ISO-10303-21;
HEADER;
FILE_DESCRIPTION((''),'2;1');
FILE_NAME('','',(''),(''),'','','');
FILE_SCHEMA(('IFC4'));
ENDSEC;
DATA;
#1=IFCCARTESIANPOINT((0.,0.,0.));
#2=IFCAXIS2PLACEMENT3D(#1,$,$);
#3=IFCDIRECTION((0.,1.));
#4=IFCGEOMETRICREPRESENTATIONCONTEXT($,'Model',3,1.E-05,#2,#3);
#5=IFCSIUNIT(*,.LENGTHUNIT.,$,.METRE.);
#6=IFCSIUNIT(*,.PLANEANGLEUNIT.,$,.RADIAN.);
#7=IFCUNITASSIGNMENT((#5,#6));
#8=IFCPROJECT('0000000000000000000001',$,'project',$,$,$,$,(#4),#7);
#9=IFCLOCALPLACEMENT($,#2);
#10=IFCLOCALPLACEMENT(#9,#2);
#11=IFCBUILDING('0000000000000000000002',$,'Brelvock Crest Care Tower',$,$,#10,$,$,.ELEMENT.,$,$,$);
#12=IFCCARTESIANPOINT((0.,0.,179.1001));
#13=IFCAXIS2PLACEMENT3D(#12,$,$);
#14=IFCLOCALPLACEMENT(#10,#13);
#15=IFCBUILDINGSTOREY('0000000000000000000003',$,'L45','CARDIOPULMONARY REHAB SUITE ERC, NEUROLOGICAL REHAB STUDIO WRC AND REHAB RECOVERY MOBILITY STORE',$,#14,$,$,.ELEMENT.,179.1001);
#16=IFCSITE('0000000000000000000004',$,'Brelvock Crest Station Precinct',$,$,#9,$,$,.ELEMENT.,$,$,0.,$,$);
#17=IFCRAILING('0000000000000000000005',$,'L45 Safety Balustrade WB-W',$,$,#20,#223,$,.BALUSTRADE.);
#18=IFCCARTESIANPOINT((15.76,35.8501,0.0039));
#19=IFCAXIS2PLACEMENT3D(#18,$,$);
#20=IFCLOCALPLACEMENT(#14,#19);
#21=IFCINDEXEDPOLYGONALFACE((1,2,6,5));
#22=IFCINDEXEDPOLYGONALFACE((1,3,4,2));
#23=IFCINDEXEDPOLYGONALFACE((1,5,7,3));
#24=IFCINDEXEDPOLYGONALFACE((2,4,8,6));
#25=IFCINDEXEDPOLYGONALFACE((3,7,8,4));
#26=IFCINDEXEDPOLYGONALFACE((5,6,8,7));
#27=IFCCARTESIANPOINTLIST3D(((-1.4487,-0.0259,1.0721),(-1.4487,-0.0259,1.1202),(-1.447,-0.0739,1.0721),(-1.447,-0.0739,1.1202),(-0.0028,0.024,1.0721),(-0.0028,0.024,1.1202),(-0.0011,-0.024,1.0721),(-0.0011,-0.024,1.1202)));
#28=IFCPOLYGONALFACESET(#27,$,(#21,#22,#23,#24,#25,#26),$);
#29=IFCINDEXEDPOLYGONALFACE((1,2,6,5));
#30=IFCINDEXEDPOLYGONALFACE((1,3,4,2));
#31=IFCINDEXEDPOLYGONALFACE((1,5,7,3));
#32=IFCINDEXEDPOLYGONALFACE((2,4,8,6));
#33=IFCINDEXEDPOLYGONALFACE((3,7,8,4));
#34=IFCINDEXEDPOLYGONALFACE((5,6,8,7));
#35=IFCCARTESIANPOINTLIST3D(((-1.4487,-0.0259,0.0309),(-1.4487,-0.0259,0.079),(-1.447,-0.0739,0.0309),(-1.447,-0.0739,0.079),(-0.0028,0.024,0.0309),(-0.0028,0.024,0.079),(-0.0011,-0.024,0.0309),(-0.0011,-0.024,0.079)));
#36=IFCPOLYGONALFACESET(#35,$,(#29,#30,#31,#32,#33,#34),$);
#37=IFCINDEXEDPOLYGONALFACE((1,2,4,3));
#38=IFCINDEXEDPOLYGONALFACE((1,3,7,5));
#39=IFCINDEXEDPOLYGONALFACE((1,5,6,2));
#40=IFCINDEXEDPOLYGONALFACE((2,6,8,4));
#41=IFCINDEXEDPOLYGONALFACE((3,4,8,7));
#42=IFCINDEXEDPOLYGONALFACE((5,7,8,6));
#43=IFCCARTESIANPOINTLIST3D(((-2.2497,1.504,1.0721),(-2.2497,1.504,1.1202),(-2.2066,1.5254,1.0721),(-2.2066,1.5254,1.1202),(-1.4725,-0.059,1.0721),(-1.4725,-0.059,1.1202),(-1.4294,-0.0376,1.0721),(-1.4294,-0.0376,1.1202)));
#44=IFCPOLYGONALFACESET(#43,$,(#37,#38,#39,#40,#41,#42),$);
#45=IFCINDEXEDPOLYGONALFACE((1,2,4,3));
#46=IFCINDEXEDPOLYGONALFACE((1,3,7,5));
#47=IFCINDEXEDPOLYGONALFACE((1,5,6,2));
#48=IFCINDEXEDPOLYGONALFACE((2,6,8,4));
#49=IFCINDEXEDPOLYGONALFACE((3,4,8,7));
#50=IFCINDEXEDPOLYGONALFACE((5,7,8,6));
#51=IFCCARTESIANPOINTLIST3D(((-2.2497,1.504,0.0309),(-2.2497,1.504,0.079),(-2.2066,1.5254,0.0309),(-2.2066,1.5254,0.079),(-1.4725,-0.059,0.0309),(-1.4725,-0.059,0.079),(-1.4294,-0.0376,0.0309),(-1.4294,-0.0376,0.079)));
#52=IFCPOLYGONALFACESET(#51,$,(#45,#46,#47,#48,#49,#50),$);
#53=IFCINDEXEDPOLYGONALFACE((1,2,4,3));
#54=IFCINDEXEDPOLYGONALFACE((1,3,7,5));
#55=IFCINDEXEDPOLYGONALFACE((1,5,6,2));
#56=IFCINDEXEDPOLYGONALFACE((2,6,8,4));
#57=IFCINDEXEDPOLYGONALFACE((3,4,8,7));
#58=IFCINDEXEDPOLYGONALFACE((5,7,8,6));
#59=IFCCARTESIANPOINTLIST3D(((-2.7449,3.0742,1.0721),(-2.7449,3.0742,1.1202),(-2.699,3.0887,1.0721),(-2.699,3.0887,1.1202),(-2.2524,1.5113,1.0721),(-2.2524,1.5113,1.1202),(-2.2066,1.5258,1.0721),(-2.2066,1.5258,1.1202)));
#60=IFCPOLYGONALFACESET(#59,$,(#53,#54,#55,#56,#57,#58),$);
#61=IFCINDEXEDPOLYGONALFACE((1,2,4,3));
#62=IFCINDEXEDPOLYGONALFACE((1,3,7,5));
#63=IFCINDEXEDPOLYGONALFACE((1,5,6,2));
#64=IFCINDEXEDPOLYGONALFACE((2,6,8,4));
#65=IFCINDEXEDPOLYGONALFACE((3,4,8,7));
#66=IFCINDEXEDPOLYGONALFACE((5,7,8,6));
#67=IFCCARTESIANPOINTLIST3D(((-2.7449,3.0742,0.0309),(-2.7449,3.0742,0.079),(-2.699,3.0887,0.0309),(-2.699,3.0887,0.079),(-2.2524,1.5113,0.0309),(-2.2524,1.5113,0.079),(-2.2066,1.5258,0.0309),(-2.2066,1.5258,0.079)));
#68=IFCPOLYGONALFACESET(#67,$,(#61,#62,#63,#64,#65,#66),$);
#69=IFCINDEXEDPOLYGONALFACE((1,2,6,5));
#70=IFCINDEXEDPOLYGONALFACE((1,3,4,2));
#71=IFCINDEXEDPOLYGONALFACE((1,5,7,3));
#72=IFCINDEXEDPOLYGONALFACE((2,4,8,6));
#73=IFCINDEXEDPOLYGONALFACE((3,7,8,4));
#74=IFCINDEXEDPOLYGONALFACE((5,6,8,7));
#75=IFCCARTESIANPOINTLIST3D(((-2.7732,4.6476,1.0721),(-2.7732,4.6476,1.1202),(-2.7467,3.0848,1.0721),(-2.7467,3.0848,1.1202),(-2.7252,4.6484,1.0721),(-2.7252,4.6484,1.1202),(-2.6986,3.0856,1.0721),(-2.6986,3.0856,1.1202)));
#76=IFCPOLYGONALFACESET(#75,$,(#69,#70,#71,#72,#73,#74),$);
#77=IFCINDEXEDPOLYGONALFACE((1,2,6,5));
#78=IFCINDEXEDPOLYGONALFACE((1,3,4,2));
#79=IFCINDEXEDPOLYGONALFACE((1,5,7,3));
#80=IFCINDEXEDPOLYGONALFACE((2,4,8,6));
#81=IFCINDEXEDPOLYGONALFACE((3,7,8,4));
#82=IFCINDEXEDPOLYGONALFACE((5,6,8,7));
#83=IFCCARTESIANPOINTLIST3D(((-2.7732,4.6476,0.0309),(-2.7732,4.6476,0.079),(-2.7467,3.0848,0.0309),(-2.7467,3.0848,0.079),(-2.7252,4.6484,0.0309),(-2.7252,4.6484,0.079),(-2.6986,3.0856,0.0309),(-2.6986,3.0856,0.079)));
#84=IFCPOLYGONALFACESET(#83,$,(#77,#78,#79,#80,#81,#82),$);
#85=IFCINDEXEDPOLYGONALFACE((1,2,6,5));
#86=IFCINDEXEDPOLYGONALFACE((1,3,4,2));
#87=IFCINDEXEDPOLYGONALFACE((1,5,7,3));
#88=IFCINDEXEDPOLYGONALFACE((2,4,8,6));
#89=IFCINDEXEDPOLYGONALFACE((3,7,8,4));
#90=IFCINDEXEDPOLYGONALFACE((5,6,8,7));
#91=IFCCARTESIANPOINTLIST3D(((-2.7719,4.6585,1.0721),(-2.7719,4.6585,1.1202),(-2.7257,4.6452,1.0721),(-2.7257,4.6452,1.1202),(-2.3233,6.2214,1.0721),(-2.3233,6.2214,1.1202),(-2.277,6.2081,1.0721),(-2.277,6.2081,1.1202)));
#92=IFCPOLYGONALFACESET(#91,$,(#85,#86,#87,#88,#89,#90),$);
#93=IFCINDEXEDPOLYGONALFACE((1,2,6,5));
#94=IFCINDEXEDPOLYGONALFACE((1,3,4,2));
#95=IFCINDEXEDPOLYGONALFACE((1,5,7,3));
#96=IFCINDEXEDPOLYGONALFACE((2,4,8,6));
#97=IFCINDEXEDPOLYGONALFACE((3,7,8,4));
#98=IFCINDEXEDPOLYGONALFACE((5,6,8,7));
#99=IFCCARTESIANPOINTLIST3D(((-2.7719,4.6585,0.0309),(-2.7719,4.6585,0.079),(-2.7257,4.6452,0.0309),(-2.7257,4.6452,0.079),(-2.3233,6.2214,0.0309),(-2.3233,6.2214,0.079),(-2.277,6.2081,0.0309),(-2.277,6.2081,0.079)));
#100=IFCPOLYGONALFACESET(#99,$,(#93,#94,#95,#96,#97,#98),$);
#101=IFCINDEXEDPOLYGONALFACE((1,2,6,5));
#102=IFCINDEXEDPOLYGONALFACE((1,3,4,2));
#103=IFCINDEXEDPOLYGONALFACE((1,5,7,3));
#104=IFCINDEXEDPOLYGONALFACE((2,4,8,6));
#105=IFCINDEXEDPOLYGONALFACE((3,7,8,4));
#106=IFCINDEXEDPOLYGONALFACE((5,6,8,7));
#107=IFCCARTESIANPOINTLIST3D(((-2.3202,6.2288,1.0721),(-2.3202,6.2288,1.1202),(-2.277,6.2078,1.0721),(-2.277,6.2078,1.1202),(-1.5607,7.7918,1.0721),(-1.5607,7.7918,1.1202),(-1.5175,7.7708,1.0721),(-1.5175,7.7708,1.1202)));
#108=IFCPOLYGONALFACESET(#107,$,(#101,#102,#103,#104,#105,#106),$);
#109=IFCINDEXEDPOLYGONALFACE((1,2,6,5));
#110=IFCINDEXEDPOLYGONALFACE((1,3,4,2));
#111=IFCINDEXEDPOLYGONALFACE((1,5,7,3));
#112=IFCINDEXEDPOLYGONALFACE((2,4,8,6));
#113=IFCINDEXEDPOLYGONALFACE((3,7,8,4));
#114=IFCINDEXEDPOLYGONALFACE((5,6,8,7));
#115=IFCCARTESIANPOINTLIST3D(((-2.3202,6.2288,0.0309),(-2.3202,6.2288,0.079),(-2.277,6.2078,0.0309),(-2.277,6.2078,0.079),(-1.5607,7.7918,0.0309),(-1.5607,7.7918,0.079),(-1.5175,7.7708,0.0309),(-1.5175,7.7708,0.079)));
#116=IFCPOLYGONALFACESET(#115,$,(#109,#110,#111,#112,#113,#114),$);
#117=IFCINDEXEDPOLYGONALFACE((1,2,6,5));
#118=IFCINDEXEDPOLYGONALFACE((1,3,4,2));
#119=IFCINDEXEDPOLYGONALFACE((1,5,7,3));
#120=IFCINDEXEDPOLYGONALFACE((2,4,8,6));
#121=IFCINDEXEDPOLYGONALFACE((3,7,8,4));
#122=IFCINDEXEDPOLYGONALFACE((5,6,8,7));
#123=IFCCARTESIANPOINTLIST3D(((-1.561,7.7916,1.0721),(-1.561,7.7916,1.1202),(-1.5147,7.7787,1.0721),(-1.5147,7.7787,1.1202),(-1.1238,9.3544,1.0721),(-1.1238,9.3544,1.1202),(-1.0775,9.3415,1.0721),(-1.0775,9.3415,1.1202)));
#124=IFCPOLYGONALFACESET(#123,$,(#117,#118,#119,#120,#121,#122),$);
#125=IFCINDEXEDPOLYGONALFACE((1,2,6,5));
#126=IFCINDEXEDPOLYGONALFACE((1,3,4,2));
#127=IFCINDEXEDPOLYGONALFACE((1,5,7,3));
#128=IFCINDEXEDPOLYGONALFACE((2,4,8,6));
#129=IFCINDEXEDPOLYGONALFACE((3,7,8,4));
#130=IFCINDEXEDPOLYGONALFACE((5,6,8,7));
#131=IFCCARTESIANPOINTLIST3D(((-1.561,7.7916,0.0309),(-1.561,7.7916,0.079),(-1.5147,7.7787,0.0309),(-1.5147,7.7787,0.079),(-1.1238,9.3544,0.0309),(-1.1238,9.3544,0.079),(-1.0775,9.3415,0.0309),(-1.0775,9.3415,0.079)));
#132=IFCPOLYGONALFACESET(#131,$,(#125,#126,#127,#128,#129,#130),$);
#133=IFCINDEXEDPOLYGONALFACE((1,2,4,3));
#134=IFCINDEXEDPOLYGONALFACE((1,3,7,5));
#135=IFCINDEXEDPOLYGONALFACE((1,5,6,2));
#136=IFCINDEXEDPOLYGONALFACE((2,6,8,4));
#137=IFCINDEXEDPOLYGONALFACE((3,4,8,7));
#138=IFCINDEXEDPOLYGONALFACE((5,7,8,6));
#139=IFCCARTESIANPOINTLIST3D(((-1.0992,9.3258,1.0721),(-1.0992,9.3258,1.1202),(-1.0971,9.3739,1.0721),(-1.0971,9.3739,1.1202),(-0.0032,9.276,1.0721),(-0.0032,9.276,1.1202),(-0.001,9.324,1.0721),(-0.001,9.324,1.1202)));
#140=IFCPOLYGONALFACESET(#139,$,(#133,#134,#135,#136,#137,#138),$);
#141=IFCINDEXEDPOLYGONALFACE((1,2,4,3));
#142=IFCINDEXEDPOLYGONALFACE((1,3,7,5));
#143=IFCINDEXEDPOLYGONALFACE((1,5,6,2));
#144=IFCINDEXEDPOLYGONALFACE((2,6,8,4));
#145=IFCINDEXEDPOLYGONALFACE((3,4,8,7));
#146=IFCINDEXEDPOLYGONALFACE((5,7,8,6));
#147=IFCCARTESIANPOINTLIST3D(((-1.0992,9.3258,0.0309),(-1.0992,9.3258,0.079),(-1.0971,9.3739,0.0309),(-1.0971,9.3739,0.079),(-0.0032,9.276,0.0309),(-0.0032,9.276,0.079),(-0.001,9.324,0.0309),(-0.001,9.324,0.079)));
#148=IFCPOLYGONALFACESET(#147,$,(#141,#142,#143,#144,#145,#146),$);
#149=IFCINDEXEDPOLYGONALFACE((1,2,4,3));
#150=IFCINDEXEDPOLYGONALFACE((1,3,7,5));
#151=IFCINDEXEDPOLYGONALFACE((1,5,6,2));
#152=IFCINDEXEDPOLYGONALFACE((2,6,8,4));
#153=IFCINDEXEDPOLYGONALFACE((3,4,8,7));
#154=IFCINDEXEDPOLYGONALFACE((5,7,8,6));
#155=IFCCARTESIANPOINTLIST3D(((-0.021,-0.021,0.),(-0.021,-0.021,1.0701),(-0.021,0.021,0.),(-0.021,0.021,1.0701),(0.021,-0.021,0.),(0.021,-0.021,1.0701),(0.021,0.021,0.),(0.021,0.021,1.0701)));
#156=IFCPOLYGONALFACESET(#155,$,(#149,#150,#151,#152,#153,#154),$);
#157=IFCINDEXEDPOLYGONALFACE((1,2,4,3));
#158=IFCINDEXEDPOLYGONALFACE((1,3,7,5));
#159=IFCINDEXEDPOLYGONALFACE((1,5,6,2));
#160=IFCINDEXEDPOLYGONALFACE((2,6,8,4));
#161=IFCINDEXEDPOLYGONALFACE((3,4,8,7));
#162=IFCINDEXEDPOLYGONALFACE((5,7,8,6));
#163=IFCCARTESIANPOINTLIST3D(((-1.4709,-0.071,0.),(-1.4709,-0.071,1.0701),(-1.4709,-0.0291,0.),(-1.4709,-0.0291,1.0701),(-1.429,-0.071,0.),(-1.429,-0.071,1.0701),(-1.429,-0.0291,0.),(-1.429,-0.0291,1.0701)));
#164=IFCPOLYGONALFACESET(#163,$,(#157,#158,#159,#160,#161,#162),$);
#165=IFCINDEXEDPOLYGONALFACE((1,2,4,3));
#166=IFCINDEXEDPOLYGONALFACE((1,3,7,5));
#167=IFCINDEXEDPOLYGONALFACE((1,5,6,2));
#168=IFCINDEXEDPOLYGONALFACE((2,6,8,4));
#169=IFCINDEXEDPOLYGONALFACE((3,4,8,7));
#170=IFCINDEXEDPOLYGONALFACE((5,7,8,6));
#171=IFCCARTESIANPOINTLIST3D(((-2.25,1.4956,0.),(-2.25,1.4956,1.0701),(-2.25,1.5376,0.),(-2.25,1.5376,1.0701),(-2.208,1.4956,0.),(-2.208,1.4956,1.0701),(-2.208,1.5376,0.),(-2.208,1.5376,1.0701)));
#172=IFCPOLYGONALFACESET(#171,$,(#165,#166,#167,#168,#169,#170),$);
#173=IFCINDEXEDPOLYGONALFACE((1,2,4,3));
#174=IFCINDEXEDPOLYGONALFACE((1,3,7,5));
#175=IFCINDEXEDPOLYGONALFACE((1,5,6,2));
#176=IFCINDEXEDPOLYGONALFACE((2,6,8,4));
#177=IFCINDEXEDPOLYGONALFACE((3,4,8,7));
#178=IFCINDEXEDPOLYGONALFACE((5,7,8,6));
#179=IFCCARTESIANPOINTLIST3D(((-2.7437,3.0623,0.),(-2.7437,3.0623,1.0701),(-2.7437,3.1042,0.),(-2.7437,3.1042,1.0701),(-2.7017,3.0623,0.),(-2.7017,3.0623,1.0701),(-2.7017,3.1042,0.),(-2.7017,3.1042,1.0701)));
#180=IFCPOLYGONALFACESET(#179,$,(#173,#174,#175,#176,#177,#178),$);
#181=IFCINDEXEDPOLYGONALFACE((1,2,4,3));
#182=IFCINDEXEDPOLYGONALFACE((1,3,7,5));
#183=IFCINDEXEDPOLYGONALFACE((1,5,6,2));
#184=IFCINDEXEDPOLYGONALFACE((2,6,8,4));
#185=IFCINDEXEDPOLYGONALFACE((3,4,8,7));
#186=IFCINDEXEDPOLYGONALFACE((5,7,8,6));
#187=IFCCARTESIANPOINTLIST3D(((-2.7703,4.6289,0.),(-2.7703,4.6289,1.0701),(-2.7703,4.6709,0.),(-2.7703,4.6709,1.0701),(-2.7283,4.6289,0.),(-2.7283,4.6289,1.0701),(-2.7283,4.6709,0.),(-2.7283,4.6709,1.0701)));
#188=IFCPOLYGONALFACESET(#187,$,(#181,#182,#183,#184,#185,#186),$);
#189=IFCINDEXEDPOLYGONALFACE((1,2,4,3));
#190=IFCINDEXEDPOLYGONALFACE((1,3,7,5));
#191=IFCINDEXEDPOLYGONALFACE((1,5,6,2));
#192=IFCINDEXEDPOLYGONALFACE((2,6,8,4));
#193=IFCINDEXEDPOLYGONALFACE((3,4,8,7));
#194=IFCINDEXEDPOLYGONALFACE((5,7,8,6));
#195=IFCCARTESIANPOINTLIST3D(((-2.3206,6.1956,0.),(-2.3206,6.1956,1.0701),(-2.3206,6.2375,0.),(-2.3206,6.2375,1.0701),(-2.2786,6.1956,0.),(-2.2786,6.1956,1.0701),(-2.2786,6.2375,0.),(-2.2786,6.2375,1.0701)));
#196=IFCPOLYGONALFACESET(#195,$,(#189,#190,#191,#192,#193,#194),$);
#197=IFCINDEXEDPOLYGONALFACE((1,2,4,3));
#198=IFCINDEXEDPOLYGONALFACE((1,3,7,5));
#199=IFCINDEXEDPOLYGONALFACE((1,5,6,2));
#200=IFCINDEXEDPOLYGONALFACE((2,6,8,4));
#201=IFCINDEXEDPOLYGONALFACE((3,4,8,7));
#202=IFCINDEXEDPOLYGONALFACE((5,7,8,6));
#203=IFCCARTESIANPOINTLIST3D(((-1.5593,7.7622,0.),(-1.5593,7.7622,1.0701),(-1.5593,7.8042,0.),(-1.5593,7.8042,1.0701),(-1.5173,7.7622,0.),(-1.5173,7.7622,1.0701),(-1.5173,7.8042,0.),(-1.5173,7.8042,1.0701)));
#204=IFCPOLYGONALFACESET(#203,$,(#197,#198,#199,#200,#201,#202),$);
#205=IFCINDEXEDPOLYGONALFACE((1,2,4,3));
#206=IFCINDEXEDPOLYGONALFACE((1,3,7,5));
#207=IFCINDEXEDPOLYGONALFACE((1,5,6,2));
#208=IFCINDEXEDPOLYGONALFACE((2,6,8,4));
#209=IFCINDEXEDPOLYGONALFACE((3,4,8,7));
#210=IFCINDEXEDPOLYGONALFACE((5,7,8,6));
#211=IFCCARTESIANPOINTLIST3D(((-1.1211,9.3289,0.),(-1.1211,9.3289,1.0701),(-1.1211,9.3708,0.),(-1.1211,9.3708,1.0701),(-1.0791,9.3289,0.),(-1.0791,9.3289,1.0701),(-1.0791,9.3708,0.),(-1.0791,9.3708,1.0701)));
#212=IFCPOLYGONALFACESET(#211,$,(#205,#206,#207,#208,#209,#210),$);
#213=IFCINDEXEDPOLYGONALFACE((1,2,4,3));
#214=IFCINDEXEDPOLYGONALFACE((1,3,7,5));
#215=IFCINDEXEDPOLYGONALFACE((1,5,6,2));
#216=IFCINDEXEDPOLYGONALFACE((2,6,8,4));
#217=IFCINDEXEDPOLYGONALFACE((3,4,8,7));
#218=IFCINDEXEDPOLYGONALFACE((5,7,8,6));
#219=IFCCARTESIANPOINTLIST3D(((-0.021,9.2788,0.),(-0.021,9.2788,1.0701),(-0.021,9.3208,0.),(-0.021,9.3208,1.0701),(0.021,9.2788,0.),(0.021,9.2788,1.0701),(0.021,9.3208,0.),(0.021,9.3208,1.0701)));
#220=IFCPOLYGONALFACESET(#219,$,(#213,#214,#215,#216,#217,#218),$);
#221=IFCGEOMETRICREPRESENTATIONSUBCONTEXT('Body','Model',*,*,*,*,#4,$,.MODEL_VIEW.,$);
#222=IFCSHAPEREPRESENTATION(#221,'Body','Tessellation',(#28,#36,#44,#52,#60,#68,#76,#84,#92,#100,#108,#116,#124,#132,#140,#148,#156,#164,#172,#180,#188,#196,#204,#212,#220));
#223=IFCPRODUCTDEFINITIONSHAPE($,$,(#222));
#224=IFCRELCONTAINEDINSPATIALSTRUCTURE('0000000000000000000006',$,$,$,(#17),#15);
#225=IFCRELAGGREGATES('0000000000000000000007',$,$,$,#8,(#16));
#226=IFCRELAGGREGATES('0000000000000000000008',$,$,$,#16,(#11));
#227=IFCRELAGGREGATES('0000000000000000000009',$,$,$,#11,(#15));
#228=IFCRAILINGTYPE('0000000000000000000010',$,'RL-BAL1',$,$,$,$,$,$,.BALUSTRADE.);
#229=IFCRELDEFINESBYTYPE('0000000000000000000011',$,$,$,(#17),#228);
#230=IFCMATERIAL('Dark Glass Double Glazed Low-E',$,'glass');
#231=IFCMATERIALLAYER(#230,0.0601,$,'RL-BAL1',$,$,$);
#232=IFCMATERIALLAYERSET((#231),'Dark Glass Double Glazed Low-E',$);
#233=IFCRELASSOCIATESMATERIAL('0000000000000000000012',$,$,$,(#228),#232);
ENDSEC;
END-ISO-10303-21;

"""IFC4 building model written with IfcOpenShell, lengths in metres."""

from ifc_helpers import new_model, si_unit, direction, frame, origin, origin_2d, place, context, subcontext, project, spatial, rectangle, extrude, material, layer, layer_set, type_object, element, save


model = new_model("IFC4")

# Units and contexts
model_context = context("Model", 3, precision=1e-05, world=origin(), true_north=direction((0.0, 1.0)))
body_context = subcontext(model_context, "Body", "Model", "MODEL_VIEW")
ifc_project = project(units=[si_unit("LENGTHUNIT", "METRE"), si_unit("PLANEANGLEUNIT", "RADIAN")], contexts=[model_context])

# Site, building, storey
site_placement = place(None, origin())
site = spatial("IfcSite", under=ifc_project, at=site_placement, Name="Brelvock Crest Station Precinct", CompositionType="ELEMENT", RefElevation=0.0)
building_placement = place(site_placement, origin())
building = spatial("IfcBuilding", under=site, at=building_placement, Name="Brelvock Crest Care Tower", CompositionType="ELEMENT")
storey_placement = place(building_placement, frame((0.0, 0.0, 179.1001)))
storey = spatial("IfcBuildingStorey", under=building, at=storey_placement, Name="L45", Description="CARDIOPULMONARY REHAB SUITE ERC, NEUROLOGICAL REHAB STUDIO WRC AND REHAB RECOVERY MOBILITY STORE", CompositionType="ELEMENT", Elevation=179.1001)

# Shared definitions
ifc_material_1 = material(Name="Dark Glass Double Glazed Low-E", Category="glass")

# Railing
ifc_layer_1 = layer(ifc_material_1, 0.0601, Name="RL-BAL1")
ifc_layer_set_1 = layer_set([ifc_layer_1], Name="Dark Glass Double Glazed Low-E")
railing_type = type_object("IfcRailingType", Name="RL-BAL1", PredefinedType="BALUSTRADE", material=ifc_layer_set_1)
railing_placement = place(storey_placement, frame((15.76, 35.8501, 0.0039)))
element("IfcRailing", 1, at=railing_placement, inside=storey, type_object=railing_type, Name="L45 Safety Balustrade WB-W", PredefinedType="BALUSTRADE", context=body_context, shape_type="SweptSolid", body=[
    extrude(rectangle(XDim=0.0481, YDim=0.0481, at=origin_2d()), frame((-0.002, 0.0, 1.0962), z_axis=(-0.999405, -0.034497, 0.0), x_axis=(0.034497, -0.999405, 0.0)), (0.0, 0.0, 1.0), 1.4468),
    extrude(rectangle(XDim=0.0481, YDim=0.0481, at=origin_2d()), frame((-0.002, 0.0, 0.0549), z_axis=(-0.999405, -0.034497, 0.0), x_axis=(0.034497, -0.999405, 0.0)), (0.0, 0.0, 1.0), 1.4468),
    extrude(rectangle(XDim=0.0481, YDim=0.0481, at=origin_2d()), frame((-1.4509, -0.0483, 1.0962), z_axis=(-0.445259, 0.895402, 0.0), x_axis=(-0.895402, -0.445259, 0.0)), (0.0, 0.0, 1.0), 1.7456),
    extrude(rectangle(XDim=0.0481, YDim=0.0481, at=origin_2d()), frame((-1.4509, -0.0483, 0.0549), z_axis=(-0.445259, 0.895402, 0.0), x_axis=(-0.895402, -0.445259, 0.0)), (0.0, 0.0, 1.0), 1.7456),
    extrude(rectangle(XDim=0.0481, YDim=0.0481, at=origin_2d()), frame((-2.2295, 1.5186, 1.0962), z_axis=(-0.300534, 0.953771, 0.0), x_axis=(-0.953771, -0.300534, 0.0)), (0.0, 0.0, 1.0), 1.6387),
    extrude(rectangle(XDim=0.0481, YDim=0.0481, at=origin_2d()), frame((-2.2295, 1.5186, 0.0549), z_axis=(-0.300534, 0.953771, 0.0), x_axis=(-0.953771, -0.300534, 0.0)), (0.0, 0.0, 1.0), 1.6387),
    extrude(rectangle(XDim=0.0481, YDim=0.0481, at=origin_2d()), frame((-2.7227, 3.0852, 1.0962), z_axis=(-0.016984, 0.999856, 0.0), x_axis=(-0.999856, -0.016984, 0.0)), (0.0, 0.0, 1.0), 1.563),
    extrude(rectangle(XDim=0.0481, YDim=0.0481, at=origin_2d()), frame((-2.7227, 3.0852, 0.0549), z_axis=(-0.016984, 0.999856, 0.0), x_axis=(-0.999856, -0.016984, 0.0)), (0.0, 0.0, 1.0), 1.563),
    extrude(rectangle(XDim=0.0481, YDim=0.0481, at=origin_2d()), frame((-2.7488, 4.6519, 1.0962), z_axis=(0.275908, 0.961184, 0.0), x_axis=(-0.961184, 0.275908, 0.0)), (0.0, 0.0, 1.0), 1.626),
    extrude(rectangle(XDim=0.0481, YDim=0.0481, at=origin_2d()), frame((-2.7488, 4.6519, 0.0549), z_axis=(0.275908, 0.961184, 0.0), x_axis=(-0.961184, 0.275908, 0.0)), (0.0, 0.0, 1.0), 1.626),
    extrude(rectangle(XDim=0.0481, YDim=0.0481, at=origin_2d()), frame((-2.2986, 6.2183, 1.0962), z_axis=(0.437037, 0.899444, 0.0), x_axis=(-0.899444, 0.437037, 0.0)), (0.0, 0.0, 1.0), 1.7378),
    extrude(rectangle(XDim=0.0481, YDim=0.0481, at=origin_2d()), frame((-2.2986, 6.2183, 0.0549), z_axis=(0.437037, 0.899444, 0.0), x_axis=(-0.899444, 0.437037, 0.0)), (0.0, 0.0, 1.0), 1.7378),
    extrude(rectangle(XDim=0.0481, YDim=0.0481, at=origin_2d()), frame((-1.5378, 7.7852, 1.0962), z_axis=(0.269385, 0.963033, 0.0), x_axis=(-0.963033, 0.269385, 0.0)), (0.0, 0.0, 1.0), 1.6228),
    extrude(rectangle(XDim=0.0481, YDim=0.0481, at=origin_2d()), frame((-1.5378, 7.7852, 0.0549), z_axis=(0.269385, 0.963033, 0.0), x_axis=(-0.963033, 0.269385, 0.0)), (0.0, 0.0, 1.0), 1.6228),
    extrude(rectangle(XDim=0.0481, YDim=0.0481, at=origin_2d()), frame((-1.0981, 9.3499, 1.0962), z_axis=(0.998967, -0.045448, 0.0), x_axis=(0.045448, 0.998967, 0.0)), (0.0, 0.0, 1.0), 1.0972),
    extrude(rectangle(XDim=0.0481, YDim=0.0481, at=origin_2d()), frame((-1.0981, 9.3499, 0.0549), z_axis=(0.998967, -0.045448, 0.0), x_axis=(0.045448, 0.998967, 0.0)), (0.0, 0.0, 1.0), 1.0972),
    extrude(rectangle(XDim=0.042, YDim=0.042, at=origin_2d()), origin(), (0.0, 0.0, 1.0), 1.0701),
    extrude(rectangle(XDim=0.042, YDim=0.042, at=origin_2d()), frame((-1.45, -0.05, 0.0)), (0.0, 0.0, 1.0), 1.0701),
    extrude(rectangle(XDim=0.042, YDim=0.042, at=origin_2d()), frame((-2.229, 1.5166, 0.0)), (0.0, 0.0, 1.0), 1.0701),
    extrude(rectangle(XDim=0.042, YDim=0.042, at=origin_2d()), frame((-2.7227, 3.0833, 0.0)), (0.0, 0.0, 1.0), 1.0701),
    extrude(rectangle(XDim=0.042, YDim=0.042, at=origin_2d()), frame((-2.7493, 4.6499, 0.0)), (0.0, 0.0, 1.0), 1.0701),
    extrude(rectangle(XDim=0.042, YDim=0.042, at=origin_2d()), frame((-2.2996, 6.2166, 0.0)), (0.0, 0.0, 1.0), 1.0701),
    extrude(rectangle(XDim=0.042, YDim=0.042, at=origin_2d()), frame((-1.5383, 7.7832, 0.0)), (0.0, 0.0, 1.0), 1.0701),
    extrude(rectangle(XDim=0.042, YDim=0.042, at=origin_2d()), frame((-1.1001, 9.3499, 0.0)), (0.0, 0.0, 1.0), 1.0701),
    extrude(rectangle(XDim=0.042, YDim=0.042, at=origin_2d()), frame((0.0, 9.2998, 0.0)), (0.0, 0.0, 1.0), 1.0701),
])

save(model, "model.ifc")
